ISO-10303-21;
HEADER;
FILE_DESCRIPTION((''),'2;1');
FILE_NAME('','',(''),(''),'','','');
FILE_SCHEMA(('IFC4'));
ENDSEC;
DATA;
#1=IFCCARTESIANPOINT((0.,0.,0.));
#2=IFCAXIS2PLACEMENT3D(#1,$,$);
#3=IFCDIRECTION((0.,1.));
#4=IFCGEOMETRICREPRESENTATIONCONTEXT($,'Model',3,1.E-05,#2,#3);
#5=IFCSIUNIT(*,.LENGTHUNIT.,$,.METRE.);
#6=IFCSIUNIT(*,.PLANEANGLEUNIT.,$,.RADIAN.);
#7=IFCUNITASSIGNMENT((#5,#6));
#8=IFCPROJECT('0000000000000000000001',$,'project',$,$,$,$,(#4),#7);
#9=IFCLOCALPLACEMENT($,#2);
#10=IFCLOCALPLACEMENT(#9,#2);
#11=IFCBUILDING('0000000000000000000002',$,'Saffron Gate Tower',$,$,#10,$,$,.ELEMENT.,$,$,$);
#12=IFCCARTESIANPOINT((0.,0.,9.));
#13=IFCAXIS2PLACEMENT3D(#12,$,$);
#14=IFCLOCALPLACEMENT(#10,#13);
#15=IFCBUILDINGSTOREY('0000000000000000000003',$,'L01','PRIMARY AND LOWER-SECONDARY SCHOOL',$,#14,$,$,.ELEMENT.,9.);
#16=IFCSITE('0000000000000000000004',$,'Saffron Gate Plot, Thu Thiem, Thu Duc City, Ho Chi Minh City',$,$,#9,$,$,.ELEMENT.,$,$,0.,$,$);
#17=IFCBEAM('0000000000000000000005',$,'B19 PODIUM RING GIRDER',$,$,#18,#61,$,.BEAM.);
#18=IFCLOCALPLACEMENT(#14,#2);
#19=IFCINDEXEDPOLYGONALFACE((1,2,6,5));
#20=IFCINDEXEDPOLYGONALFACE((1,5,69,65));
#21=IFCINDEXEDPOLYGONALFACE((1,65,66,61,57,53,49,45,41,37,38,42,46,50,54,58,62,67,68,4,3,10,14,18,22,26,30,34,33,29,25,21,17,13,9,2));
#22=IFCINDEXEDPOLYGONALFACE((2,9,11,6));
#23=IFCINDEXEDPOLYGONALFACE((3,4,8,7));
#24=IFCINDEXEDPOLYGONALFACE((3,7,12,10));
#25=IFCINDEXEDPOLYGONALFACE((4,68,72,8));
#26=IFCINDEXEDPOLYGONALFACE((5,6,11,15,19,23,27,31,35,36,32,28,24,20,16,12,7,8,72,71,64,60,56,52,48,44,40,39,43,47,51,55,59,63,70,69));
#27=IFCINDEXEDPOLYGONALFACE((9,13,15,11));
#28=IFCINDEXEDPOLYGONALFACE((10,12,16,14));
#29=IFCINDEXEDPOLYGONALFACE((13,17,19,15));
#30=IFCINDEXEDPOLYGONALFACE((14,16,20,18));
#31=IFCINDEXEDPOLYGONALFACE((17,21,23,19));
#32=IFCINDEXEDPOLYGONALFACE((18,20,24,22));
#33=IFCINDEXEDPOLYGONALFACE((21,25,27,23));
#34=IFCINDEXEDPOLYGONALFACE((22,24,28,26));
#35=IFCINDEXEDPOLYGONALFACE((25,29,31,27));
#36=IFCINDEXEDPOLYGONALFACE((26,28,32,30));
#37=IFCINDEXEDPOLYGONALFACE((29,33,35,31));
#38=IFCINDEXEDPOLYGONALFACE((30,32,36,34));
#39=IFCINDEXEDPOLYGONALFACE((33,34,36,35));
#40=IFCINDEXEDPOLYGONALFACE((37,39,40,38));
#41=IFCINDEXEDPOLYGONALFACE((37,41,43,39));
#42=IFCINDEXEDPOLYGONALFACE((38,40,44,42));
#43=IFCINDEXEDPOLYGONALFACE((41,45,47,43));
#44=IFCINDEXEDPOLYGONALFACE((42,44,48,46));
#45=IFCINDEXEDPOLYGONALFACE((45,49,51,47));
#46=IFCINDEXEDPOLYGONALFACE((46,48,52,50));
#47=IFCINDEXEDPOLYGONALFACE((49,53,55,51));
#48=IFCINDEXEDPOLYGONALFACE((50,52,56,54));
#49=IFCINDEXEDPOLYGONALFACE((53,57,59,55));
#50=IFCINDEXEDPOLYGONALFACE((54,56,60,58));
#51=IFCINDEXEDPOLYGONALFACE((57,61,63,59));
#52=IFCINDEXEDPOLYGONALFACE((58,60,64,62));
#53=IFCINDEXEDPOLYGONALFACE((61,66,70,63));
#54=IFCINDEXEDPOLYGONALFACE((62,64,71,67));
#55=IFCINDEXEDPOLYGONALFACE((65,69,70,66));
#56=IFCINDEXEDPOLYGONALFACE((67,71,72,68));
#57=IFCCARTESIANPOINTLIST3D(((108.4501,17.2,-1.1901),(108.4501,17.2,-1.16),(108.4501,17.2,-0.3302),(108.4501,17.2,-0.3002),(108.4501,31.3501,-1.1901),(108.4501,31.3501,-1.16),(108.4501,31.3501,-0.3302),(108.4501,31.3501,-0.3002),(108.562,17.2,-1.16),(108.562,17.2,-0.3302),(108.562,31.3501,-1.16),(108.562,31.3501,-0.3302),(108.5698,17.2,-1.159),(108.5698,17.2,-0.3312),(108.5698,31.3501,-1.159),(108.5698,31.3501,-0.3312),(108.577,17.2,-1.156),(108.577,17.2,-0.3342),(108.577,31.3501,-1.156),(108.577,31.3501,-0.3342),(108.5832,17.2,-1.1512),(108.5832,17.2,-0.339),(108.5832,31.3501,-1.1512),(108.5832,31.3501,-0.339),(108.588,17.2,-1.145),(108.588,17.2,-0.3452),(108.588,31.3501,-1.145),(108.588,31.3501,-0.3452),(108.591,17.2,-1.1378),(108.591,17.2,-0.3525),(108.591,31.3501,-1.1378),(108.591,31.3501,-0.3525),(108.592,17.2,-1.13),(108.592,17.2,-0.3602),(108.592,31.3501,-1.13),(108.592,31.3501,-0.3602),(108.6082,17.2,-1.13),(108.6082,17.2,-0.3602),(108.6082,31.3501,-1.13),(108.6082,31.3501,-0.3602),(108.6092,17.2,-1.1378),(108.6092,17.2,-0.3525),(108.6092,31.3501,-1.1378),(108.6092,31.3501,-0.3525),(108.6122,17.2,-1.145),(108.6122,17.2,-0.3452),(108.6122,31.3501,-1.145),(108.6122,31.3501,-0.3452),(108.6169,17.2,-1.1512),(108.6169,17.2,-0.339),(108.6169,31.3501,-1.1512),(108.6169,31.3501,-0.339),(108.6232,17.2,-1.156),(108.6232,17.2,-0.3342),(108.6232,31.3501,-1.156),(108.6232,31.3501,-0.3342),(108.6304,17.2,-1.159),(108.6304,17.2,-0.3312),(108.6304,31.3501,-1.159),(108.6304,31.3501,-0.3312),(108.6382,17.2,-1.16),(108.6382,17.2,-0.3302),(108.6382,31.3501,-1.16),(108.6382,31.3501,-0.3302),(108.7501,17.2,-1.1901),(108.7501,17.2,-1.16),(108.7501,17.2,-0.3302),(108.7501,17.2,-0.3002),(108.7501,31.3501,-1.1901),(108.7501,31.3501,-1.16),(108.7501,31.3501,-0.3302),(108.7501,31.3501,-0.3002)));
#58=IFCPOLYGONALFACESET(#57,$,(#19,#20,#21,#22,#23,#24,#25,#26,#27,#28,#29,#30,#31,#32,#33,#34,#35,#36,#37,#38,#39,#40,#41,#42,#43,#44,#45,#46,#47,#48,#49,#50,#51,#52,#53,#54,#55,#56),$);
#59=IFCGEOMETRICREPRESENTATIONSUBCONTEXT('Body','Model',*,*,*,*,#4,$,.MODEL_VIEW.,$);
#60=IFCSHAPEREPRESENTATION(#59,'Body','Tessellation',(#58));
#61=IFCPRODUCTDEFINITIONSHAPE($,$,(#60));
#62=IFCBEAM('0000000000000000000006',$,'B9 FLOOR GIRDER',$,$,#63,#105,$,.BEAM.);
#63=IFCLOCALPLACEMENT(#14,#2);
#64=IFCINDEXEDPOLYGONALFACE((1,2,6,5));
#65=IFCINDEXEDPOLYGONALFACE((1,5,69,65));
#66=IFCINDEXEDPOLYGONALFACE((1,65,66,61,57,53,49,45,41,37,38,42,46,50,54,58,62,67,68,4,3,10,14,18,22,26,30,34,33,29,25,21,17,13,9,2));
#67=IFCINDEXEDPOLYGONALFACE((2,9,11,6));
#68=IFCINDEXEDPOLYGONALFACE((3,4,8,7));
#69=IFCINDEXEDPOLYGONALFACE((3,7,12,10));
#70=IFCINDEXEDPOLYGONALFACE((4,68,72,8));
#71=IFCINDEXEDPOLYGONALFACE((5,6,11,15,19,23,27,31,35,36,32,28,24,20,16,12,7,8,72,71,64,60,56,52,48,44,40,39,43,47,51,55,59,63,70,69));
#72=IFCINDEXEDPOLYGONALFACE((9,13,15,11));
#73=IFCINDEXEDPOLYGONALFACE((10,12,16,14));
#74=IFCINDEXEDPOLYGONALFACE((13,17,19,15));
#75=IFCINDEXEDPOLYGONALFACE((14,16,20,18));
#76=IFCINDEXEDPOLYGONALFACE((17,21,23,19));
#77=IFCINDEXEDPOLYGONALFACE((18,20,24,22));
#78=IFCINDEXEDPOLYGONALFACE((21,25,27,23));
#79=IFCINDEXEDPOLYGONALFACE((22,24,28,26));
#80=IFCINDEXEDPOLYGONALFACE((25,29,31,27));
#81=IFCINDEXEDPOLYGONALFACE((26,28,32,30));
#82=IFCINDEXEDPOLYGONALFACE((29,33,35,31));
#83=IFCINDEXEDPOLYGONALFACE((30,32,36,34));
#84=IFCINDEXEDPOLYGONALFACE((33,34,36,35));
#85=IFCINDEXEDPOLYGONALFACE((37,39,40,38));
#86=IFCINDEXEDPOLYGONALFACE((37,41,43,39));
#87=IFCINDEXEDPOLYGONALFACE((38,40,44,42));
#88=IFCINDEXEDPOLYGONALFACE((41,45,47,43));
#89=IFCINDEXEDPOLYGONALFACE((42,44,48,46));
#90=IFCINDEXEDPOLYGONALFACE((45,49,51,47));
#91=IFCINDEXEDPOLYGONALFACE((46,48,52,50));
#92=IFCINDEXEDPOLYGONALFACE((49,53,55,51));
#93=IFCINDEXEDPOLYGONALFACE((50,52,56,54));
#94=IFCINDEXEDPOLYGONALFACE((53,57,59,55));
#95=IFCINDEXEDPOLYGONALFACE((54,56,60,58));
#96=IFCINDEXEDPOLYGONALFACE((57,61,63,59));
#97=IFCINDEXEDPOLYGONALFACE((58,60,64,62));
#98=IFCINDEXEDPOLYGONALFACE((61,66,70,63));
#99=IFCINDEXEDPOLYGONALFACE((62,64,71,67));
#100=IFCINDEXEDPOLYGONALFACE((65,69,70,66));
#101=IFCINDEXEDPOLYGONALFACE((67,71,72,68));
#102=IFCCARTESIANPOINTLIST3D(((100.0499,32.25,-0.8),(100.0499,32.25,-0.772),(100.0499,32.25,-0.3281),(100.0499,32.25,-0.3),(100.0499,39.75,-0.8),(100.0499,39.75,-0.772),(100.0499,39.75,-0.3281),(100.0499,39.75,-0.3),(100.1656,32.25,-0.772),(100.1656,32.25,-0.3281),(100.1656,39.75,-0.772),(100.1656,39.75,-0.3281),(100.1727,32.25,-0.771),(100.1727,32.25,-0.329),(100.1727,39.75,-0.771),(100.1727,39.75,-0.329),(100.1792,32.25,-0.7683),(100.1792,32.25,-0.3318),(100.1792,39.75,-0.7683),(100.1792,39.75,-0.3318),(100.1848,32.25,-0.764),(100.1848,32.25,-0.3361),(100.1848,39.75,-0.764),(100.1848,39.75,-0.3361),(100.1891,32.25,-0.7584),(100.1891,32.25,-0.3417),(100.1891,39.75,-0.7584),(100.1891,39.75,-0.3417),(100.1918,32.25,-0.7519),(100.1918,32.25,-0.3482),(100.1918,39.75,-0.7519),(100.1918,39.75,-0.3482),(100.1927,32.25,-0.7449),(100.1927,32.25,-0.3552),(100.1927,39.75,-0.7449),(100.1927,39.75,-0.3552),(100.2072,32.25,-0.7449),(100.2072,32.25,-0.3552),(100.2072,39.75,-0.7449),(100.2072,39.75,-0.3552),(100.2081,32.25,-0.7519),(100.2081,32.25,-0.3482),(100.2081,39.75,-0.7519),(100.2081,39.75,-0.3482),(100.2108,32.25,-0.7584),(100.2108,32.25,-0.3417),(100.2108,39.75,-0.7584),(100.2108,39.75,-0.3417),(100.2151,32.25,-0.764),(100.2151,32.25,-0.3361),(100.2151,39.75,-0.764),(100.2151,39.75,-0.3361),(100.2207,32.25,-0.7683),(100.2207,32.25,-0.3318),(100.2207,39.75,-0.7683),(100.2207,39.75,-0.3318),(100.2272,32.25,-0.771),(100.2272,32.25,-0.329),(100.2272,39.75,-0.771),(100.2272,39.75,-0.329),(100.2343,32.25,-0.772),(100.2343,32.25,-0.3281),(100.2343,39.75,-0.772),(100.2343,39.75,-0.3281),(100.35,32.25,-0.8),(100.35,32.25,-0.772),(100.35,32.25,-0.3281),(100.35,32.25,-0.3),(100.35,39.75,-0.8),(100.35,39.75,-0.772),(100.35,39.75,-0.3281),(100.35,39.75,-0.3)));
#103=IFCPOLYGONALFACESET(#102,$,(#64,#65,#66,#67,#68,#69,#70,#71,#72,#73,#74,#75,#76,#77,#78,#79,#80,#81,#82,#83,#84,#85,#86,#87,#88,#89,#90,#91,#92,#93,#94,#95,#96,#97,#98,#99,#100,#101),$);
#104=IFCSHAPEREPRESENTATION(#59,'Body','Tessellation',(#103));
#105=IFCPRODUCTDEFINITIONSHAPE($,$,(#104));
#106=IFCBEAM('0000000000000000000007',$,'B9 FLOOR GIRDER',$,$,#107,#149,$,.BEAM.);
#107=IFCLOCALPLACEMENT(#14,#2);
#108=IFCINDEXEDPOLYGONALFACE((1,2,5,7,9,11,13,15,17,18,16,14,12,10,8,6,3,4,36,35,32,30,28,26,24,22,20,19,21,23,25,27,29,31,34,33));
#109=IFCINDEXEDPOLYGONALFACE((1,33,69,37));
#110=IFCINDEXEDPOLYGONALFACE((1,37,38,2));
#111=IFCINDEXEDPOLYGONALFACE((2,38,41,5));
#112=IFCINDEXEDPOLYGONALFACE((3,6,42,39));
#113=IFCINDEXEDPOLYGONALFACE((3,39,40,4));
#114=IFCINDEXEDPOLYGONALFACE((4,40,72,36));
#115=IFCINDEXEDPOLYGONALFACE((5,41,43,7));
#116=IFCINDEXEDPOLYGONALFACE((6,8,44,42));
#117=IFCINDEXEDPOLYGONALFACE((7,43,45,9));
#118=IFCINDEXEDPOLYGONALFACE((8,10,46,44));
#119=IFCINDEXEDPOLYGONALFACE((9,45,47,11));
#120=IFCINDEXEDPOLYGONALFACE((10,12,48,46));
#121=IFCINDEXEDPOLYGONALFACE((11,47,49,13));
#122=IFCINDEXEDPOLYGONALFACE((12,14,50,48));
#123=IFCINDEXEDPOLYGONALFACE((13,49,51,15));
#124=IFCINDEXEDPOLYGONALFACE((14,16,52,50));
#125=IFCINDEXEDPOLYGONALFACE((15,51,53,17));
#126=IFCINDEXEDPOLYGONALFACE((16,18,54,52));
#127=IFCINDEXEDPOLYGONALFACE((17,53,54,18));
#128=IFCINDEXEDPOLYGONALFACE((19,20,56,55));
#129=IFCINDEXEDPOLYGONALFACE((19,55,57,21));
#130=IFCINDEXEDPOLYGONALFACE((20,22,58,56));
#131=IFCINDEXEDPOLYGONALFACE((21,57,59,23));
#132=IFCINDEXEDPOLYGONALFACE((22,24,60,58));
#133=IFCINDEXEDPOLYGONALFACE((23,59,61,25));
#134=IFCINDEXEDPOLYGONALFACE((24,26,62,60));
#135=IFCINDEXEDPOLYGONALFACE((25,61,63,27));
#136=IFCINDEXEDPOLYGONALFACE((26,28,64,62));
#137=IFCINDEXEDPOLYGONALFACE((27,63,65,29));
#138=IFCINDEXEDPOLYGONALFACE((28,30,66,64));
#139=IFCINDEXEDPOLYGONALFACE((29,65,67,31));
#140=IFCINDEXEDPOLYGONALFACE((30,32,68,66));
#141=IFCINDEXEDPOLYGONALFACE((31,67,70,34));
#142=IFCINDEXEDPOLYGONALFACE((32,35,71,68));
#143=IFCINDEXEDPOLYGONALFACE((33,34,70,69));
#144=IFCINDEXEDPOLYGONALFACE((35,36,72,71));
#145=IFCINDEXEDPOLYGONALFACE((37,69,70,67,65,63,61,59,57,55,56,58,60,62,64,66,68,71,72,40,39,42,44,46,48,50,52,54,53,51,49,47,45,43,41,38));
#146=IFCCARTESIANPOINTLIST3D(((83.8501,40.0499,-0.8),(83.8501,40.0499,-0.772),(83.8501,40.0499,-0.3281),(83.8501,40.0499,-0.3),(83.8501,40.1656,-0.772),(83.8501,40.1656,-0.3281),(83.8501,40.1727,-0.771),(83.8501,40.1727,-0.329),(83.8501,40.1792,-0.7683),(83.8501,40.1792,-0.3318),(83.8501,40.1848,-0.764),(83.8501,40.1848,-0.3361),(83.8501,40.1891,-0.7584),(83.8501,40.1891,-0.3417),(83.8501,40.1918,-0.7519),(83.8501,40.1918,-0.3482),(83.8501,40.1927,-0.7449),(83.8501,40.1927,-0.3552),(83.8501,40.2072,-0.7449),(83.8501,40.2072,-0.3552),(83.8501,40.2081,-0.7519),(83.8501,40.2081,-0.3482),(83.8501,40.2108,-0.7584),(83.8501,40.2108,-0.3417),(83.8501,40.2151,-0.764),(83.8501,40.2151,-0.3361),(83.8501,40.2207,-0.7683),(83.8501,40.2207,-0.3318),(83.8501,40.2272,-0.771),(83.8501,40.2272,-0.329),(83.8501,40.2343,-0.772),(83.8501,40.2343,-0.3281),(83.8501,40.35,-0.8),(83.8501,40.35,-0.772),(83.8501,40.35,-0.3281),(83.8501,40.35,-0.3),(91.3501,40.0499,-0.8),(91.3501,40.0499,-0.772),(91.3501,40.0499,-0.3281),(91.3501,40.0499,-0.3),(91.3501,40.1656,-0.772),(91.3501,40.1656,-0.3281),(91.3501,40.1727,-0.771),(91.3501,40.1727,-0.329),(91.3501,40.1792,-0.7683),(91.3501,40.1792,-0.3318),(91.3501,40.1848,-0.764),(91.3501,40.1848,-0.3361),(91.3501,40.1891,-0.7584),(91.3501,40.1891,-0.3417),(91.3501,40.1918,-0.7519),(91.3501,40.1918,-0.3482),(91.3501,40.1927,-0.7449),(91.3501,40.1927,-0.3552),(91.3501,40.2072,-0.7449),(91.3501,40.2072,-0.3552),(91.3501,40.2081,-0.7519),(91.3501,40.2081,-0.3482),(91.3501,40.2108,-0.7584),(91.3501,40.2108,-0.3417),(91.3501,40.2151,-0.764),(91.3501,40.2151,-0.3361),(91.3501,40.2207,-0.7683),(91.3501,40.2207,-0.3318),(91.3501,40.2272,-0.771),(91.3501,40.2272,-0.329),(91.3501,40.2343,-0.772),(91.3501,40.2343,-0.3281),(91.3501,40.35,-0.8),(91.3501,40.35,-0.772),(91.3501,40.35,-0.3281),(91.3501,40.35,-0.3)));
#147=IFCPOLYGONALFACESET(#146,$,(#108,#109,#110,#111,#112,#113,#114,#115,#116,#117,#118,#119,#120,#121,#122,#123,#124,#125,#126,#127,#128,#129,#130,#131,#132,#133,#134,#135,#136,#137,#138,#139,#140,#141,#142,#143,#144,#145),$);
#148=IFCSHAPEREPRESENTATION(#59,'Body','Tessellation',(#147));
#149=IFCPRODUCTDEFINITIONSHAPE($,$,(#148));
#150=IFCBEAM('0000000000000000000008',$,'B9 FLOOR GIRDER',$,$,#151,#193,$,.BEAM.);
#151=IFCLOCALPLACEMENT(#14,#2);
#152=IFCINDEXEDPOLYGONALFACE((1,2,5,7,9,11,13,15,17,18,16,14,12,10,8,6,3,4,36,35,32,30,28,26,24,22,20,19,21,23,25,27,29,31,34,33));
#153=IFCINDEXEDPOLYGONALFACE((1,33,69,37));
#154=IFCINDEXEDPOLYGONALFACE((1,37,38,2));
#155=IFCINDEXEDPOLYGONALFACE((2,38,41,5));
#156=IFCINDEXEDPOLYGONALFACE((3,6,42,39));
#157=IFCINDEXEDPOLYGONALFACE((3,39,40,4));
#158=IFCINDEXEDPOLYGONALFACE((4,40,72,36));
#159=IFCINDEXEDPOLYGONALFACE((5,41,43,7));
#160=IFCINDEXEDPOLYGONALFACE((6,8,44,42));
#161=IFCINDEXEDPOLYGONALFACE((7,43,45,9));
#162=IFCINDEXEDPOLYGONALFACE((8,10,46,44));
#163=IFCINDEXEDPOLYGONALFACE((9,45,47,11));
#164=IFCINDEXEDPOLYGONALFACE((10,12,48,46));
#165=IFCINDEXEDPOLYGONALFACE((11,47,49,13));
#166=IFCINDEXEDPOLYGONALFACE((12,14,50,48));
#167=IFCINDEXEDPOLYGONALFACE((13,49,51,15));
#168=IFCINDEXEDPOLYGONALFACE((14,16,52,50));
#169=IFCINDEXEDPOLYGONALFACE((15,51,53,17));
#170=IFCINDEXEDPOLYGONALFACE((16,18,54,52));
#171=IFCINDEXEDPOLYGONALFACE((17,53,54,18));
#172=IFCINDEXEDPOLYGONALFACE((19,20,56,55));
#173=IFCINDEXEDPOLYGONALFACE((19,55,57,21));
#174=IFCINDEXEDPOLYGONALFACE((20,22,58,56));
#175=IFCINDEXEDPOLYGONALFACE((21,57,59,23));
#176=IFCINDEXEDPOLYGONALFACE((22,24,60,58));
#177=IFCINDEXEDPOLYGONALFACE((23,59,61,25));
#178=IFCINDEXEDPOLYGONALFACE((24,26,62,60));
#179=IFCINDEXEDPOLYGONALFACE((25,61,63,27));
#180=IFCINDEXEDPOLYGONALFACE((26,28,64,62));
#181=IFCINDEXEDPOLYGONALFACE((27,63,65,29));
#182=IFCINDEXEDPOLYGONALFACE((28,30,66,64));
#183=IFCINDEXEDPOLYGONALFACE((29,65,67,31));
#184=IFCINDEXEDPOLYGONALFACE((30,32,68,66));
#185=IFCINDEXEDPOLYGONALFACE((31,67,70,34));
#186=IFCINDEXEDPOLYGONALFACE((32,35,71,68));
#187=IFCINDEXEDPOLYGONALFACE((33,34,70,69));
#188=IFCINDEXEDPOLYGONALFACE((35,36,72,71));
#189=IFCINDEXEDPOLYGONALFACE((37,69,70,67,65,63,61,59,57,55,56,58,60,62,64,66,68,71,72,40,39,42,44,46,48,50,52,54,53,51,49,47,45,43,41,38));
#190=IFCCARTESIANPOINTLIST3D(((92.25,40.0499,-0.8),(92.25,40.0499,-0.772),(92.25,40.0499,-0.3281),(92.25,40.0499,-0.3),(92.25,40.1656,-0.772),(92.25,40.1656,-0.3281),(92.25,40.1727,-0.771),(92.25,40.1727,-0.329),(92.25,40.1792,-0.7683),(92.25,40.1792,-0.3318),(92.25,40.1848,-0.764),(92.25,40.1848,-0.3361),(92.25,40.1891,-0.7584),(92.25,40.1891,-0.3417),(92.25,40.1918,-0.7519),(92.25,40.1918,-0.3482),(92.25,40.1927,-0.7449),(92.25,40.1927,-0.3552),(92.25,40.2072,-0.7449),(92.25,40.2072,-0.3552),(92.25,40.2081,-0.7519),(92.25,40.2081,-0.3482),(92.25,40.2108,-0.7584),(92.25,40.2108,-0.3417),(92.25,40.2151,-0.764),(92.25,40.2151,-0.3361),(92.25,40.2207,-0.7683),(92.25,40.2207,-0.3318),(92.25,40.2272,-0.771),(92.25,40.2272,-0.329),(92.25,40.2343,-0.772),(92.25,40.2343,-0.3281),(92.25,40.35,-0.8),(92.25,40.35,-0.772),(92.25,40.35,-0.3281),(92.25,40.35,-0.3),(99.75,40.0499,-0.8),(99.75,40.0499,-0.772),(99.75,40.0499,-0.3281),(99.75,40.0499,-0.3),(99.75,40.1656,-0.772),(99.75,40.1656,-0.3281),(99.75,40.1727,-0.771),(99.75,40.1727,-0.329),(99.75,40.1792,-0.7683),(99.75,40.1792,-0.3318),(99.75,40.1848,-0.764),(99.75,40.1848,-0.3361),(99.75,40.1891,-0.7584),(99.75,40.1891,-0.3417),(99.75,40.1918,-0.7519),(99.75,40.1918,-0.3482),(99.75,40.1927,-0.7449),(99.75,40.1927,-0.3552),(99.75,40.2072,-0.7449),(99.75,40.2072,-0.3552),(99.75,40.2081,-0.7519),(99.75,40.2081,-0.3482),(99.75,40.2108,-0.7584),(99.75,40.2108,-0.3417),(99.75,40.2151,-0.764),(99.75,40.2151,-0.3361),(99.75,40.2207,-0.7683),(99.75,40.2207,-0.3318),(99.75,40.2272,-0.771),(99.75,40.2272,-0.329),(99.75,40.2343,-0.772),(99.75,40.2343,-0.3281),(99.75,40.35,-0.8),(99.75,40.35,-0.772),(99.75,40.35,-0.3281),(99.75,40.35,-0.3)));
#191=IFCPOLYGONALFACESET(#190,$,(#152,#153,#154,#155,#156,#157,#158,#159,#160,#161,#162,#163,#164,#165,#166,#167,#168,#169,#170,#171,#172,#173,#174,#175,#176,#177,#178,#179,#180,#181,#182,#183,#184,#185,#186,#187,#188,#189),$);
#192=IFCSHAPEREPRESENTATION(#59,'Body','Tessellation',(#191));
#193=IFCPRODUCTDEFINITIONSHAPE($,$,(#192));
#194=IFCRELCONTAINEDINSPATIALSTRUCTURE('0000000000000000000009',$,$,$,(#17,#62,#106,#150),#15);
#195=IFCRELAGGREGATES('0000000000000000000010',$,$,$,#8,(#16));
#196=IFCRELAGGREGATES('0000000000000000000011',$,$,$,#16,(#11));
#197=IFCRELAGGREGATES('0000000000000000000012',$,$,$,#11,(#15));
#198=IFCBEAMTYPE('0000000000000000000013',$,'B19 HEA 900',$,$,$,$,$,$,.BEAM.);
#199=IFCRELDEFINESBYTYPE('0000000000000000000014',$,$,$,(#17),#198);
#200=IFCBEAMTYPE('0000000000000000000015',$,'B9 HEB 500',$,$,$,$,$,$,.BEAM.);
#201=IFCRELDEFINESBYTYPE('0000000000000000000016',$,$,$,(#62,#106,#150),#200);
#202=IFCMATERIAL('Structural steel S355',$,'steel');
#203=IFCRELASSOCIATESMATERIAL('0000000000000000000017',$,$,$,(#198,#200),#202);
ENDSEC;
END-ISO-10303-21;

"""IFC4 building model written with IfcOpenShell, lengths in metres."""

from ifc_helpers import new_model, si_unit, direction, frame, origin, origin_2d, place, context, subcontext, project, spatial, i_section, extrude, material, material_profile, profile_set, type_object, element, save


model = new_model("IFC4")

# Units and contexts
model_context = context("Model", 3, precision=1e-05, world=origin(), true_north=direction((0.0, 1.0)))
body_context = subcontext(model_context, "Body", "Model", "MODEL_VIEW")
ifc_project = project(units=[si_unit("LENGTHUNIT", "METRE"), si_unit("PLANEANGLEUNIT", "RADIAN")], contexts=[model_context])

# Site, building, storey
site_placement = place(None, origin())
site = spatial("IfcSite", under=ifc_project, at=site_placement, Name="Saffron Gate Plot, Thu Thiem, Thu Duc City, Ho Chi Minh City", CompositionType="ELEMENT", RefElevation=0.0)
building_placement = place(site_placement, origin())
building = spatial("IfcBuilding", under=site, at=building_placement, Name="Saffron Gate Tower", CompositionType="ELEMENT")
storey_placement = place(building_placement, frame((0.0, 0.0, 9.0)))
storey = spatial("IfcBuildingStorey", under=building, at=storey_placement, Name="L01", Description="PRIMARY AND LOWER-SECONDARY SCHOOL", CompositionType="ELEMENT", Elevation=9.0)

# Beams
ifc_material_1 = material(Name="Structural steel S355", Category="steel")
ifc_material_profile_1 = material_profile(ifc_material_1, i_section(OverallWidth=0.3, OverallDepth=0.8899, WebThickness=0.0161, FlangeThickness=0.03, FilletRadius=0.03, at=origin_2d()))
ifc_profile_set_1 = profile_set([ifc_material_profile_1], Name="Structural steel S355")
beam_type_1 = type_object("IfcBeamType", Name="B19 HEA 900", PredefinedType="BEAM", material=ifc_profile_set_1)
for number, where, z_axis, x_axis, name in (
    (1, (108.6001, 17.2, -0.7451), (0.0, 1.0, 0.0), (-1.0, 0.0, 0.0), "B19 PODIUM RING GIRDER"),
):
    element("IfcBeam", number, at=place(storey_placement, frame(where, z_axis=z_axis, x_axis=x_axis)), inside=storey, type_object=beam_type_1, Name=name, PredefinedType="BEAM", context=body_context, shape_type="SweptSolid", body=[
        extrude(i_section(OverallWidth=0.3, OverallDepth=0.8899, WebThickness=0.0161, FlangeThickness=0.03, FilletRadius=0.03, at=origin_2d()), origin(), (0.0, 0.0, 1.0), 14.1501),
    ])
ifc_material_profile_2 = material_profile(ifc_material_1, i_section(OverallWidth=0.3, OverallDepth=0.5, WebThickness=0.0144, FlangeThickness=0.0281, FilletRadius=0.0271, at=origin_2d()))
ifc_profile_set_2 = profile_set([ifc_material_profile_2], Name="Structural steel S355")
beam_type_2 = type_object("IfcBeamType", Name="B9 HEB 500", PredefinedType="BEAM", material=ifc_profile_set_2)
for number, where, z_axis, x_axis, name in (
    (2, (100.2, 32.25, -0.55), (0.0, 1.0, 0.0), (-1.0, 0.0, 0.0), "B9 FLOOR GIRDER"),
    (3, (83.8501, 40.2, -0.55), (1.0, 0.0, 0.0), (0.0, 1.0, 0.0), "B9 FLOOR GIRDER"),
    (4, (92.25, 40.2, -0.55), (1.0, 0.0, 0.0), (0.0, 1.0, 0.0), "B9 FLOOR GIRDER"),
):
    element("IfcBeam", number, at=place(storey_placement, frame(where, z_axis=z_axis, x_axis=x_axis)), inside=storey, type_object=beam_type_2, Name=name, PredefinedType="BEAM", context=body_context, shape_type="SweptSolid", body=[
        extrude(i_section(OverallWidth=0.3, OverallDepth=0.5, WebThickness=0.0144, FlangeThickness=0.0281, FilletRadius=0.0271, at=origin_2d()), origin(), (0.0, 0.0, 1.0), 7.5),
    ])

save(model, "model.ifc")
